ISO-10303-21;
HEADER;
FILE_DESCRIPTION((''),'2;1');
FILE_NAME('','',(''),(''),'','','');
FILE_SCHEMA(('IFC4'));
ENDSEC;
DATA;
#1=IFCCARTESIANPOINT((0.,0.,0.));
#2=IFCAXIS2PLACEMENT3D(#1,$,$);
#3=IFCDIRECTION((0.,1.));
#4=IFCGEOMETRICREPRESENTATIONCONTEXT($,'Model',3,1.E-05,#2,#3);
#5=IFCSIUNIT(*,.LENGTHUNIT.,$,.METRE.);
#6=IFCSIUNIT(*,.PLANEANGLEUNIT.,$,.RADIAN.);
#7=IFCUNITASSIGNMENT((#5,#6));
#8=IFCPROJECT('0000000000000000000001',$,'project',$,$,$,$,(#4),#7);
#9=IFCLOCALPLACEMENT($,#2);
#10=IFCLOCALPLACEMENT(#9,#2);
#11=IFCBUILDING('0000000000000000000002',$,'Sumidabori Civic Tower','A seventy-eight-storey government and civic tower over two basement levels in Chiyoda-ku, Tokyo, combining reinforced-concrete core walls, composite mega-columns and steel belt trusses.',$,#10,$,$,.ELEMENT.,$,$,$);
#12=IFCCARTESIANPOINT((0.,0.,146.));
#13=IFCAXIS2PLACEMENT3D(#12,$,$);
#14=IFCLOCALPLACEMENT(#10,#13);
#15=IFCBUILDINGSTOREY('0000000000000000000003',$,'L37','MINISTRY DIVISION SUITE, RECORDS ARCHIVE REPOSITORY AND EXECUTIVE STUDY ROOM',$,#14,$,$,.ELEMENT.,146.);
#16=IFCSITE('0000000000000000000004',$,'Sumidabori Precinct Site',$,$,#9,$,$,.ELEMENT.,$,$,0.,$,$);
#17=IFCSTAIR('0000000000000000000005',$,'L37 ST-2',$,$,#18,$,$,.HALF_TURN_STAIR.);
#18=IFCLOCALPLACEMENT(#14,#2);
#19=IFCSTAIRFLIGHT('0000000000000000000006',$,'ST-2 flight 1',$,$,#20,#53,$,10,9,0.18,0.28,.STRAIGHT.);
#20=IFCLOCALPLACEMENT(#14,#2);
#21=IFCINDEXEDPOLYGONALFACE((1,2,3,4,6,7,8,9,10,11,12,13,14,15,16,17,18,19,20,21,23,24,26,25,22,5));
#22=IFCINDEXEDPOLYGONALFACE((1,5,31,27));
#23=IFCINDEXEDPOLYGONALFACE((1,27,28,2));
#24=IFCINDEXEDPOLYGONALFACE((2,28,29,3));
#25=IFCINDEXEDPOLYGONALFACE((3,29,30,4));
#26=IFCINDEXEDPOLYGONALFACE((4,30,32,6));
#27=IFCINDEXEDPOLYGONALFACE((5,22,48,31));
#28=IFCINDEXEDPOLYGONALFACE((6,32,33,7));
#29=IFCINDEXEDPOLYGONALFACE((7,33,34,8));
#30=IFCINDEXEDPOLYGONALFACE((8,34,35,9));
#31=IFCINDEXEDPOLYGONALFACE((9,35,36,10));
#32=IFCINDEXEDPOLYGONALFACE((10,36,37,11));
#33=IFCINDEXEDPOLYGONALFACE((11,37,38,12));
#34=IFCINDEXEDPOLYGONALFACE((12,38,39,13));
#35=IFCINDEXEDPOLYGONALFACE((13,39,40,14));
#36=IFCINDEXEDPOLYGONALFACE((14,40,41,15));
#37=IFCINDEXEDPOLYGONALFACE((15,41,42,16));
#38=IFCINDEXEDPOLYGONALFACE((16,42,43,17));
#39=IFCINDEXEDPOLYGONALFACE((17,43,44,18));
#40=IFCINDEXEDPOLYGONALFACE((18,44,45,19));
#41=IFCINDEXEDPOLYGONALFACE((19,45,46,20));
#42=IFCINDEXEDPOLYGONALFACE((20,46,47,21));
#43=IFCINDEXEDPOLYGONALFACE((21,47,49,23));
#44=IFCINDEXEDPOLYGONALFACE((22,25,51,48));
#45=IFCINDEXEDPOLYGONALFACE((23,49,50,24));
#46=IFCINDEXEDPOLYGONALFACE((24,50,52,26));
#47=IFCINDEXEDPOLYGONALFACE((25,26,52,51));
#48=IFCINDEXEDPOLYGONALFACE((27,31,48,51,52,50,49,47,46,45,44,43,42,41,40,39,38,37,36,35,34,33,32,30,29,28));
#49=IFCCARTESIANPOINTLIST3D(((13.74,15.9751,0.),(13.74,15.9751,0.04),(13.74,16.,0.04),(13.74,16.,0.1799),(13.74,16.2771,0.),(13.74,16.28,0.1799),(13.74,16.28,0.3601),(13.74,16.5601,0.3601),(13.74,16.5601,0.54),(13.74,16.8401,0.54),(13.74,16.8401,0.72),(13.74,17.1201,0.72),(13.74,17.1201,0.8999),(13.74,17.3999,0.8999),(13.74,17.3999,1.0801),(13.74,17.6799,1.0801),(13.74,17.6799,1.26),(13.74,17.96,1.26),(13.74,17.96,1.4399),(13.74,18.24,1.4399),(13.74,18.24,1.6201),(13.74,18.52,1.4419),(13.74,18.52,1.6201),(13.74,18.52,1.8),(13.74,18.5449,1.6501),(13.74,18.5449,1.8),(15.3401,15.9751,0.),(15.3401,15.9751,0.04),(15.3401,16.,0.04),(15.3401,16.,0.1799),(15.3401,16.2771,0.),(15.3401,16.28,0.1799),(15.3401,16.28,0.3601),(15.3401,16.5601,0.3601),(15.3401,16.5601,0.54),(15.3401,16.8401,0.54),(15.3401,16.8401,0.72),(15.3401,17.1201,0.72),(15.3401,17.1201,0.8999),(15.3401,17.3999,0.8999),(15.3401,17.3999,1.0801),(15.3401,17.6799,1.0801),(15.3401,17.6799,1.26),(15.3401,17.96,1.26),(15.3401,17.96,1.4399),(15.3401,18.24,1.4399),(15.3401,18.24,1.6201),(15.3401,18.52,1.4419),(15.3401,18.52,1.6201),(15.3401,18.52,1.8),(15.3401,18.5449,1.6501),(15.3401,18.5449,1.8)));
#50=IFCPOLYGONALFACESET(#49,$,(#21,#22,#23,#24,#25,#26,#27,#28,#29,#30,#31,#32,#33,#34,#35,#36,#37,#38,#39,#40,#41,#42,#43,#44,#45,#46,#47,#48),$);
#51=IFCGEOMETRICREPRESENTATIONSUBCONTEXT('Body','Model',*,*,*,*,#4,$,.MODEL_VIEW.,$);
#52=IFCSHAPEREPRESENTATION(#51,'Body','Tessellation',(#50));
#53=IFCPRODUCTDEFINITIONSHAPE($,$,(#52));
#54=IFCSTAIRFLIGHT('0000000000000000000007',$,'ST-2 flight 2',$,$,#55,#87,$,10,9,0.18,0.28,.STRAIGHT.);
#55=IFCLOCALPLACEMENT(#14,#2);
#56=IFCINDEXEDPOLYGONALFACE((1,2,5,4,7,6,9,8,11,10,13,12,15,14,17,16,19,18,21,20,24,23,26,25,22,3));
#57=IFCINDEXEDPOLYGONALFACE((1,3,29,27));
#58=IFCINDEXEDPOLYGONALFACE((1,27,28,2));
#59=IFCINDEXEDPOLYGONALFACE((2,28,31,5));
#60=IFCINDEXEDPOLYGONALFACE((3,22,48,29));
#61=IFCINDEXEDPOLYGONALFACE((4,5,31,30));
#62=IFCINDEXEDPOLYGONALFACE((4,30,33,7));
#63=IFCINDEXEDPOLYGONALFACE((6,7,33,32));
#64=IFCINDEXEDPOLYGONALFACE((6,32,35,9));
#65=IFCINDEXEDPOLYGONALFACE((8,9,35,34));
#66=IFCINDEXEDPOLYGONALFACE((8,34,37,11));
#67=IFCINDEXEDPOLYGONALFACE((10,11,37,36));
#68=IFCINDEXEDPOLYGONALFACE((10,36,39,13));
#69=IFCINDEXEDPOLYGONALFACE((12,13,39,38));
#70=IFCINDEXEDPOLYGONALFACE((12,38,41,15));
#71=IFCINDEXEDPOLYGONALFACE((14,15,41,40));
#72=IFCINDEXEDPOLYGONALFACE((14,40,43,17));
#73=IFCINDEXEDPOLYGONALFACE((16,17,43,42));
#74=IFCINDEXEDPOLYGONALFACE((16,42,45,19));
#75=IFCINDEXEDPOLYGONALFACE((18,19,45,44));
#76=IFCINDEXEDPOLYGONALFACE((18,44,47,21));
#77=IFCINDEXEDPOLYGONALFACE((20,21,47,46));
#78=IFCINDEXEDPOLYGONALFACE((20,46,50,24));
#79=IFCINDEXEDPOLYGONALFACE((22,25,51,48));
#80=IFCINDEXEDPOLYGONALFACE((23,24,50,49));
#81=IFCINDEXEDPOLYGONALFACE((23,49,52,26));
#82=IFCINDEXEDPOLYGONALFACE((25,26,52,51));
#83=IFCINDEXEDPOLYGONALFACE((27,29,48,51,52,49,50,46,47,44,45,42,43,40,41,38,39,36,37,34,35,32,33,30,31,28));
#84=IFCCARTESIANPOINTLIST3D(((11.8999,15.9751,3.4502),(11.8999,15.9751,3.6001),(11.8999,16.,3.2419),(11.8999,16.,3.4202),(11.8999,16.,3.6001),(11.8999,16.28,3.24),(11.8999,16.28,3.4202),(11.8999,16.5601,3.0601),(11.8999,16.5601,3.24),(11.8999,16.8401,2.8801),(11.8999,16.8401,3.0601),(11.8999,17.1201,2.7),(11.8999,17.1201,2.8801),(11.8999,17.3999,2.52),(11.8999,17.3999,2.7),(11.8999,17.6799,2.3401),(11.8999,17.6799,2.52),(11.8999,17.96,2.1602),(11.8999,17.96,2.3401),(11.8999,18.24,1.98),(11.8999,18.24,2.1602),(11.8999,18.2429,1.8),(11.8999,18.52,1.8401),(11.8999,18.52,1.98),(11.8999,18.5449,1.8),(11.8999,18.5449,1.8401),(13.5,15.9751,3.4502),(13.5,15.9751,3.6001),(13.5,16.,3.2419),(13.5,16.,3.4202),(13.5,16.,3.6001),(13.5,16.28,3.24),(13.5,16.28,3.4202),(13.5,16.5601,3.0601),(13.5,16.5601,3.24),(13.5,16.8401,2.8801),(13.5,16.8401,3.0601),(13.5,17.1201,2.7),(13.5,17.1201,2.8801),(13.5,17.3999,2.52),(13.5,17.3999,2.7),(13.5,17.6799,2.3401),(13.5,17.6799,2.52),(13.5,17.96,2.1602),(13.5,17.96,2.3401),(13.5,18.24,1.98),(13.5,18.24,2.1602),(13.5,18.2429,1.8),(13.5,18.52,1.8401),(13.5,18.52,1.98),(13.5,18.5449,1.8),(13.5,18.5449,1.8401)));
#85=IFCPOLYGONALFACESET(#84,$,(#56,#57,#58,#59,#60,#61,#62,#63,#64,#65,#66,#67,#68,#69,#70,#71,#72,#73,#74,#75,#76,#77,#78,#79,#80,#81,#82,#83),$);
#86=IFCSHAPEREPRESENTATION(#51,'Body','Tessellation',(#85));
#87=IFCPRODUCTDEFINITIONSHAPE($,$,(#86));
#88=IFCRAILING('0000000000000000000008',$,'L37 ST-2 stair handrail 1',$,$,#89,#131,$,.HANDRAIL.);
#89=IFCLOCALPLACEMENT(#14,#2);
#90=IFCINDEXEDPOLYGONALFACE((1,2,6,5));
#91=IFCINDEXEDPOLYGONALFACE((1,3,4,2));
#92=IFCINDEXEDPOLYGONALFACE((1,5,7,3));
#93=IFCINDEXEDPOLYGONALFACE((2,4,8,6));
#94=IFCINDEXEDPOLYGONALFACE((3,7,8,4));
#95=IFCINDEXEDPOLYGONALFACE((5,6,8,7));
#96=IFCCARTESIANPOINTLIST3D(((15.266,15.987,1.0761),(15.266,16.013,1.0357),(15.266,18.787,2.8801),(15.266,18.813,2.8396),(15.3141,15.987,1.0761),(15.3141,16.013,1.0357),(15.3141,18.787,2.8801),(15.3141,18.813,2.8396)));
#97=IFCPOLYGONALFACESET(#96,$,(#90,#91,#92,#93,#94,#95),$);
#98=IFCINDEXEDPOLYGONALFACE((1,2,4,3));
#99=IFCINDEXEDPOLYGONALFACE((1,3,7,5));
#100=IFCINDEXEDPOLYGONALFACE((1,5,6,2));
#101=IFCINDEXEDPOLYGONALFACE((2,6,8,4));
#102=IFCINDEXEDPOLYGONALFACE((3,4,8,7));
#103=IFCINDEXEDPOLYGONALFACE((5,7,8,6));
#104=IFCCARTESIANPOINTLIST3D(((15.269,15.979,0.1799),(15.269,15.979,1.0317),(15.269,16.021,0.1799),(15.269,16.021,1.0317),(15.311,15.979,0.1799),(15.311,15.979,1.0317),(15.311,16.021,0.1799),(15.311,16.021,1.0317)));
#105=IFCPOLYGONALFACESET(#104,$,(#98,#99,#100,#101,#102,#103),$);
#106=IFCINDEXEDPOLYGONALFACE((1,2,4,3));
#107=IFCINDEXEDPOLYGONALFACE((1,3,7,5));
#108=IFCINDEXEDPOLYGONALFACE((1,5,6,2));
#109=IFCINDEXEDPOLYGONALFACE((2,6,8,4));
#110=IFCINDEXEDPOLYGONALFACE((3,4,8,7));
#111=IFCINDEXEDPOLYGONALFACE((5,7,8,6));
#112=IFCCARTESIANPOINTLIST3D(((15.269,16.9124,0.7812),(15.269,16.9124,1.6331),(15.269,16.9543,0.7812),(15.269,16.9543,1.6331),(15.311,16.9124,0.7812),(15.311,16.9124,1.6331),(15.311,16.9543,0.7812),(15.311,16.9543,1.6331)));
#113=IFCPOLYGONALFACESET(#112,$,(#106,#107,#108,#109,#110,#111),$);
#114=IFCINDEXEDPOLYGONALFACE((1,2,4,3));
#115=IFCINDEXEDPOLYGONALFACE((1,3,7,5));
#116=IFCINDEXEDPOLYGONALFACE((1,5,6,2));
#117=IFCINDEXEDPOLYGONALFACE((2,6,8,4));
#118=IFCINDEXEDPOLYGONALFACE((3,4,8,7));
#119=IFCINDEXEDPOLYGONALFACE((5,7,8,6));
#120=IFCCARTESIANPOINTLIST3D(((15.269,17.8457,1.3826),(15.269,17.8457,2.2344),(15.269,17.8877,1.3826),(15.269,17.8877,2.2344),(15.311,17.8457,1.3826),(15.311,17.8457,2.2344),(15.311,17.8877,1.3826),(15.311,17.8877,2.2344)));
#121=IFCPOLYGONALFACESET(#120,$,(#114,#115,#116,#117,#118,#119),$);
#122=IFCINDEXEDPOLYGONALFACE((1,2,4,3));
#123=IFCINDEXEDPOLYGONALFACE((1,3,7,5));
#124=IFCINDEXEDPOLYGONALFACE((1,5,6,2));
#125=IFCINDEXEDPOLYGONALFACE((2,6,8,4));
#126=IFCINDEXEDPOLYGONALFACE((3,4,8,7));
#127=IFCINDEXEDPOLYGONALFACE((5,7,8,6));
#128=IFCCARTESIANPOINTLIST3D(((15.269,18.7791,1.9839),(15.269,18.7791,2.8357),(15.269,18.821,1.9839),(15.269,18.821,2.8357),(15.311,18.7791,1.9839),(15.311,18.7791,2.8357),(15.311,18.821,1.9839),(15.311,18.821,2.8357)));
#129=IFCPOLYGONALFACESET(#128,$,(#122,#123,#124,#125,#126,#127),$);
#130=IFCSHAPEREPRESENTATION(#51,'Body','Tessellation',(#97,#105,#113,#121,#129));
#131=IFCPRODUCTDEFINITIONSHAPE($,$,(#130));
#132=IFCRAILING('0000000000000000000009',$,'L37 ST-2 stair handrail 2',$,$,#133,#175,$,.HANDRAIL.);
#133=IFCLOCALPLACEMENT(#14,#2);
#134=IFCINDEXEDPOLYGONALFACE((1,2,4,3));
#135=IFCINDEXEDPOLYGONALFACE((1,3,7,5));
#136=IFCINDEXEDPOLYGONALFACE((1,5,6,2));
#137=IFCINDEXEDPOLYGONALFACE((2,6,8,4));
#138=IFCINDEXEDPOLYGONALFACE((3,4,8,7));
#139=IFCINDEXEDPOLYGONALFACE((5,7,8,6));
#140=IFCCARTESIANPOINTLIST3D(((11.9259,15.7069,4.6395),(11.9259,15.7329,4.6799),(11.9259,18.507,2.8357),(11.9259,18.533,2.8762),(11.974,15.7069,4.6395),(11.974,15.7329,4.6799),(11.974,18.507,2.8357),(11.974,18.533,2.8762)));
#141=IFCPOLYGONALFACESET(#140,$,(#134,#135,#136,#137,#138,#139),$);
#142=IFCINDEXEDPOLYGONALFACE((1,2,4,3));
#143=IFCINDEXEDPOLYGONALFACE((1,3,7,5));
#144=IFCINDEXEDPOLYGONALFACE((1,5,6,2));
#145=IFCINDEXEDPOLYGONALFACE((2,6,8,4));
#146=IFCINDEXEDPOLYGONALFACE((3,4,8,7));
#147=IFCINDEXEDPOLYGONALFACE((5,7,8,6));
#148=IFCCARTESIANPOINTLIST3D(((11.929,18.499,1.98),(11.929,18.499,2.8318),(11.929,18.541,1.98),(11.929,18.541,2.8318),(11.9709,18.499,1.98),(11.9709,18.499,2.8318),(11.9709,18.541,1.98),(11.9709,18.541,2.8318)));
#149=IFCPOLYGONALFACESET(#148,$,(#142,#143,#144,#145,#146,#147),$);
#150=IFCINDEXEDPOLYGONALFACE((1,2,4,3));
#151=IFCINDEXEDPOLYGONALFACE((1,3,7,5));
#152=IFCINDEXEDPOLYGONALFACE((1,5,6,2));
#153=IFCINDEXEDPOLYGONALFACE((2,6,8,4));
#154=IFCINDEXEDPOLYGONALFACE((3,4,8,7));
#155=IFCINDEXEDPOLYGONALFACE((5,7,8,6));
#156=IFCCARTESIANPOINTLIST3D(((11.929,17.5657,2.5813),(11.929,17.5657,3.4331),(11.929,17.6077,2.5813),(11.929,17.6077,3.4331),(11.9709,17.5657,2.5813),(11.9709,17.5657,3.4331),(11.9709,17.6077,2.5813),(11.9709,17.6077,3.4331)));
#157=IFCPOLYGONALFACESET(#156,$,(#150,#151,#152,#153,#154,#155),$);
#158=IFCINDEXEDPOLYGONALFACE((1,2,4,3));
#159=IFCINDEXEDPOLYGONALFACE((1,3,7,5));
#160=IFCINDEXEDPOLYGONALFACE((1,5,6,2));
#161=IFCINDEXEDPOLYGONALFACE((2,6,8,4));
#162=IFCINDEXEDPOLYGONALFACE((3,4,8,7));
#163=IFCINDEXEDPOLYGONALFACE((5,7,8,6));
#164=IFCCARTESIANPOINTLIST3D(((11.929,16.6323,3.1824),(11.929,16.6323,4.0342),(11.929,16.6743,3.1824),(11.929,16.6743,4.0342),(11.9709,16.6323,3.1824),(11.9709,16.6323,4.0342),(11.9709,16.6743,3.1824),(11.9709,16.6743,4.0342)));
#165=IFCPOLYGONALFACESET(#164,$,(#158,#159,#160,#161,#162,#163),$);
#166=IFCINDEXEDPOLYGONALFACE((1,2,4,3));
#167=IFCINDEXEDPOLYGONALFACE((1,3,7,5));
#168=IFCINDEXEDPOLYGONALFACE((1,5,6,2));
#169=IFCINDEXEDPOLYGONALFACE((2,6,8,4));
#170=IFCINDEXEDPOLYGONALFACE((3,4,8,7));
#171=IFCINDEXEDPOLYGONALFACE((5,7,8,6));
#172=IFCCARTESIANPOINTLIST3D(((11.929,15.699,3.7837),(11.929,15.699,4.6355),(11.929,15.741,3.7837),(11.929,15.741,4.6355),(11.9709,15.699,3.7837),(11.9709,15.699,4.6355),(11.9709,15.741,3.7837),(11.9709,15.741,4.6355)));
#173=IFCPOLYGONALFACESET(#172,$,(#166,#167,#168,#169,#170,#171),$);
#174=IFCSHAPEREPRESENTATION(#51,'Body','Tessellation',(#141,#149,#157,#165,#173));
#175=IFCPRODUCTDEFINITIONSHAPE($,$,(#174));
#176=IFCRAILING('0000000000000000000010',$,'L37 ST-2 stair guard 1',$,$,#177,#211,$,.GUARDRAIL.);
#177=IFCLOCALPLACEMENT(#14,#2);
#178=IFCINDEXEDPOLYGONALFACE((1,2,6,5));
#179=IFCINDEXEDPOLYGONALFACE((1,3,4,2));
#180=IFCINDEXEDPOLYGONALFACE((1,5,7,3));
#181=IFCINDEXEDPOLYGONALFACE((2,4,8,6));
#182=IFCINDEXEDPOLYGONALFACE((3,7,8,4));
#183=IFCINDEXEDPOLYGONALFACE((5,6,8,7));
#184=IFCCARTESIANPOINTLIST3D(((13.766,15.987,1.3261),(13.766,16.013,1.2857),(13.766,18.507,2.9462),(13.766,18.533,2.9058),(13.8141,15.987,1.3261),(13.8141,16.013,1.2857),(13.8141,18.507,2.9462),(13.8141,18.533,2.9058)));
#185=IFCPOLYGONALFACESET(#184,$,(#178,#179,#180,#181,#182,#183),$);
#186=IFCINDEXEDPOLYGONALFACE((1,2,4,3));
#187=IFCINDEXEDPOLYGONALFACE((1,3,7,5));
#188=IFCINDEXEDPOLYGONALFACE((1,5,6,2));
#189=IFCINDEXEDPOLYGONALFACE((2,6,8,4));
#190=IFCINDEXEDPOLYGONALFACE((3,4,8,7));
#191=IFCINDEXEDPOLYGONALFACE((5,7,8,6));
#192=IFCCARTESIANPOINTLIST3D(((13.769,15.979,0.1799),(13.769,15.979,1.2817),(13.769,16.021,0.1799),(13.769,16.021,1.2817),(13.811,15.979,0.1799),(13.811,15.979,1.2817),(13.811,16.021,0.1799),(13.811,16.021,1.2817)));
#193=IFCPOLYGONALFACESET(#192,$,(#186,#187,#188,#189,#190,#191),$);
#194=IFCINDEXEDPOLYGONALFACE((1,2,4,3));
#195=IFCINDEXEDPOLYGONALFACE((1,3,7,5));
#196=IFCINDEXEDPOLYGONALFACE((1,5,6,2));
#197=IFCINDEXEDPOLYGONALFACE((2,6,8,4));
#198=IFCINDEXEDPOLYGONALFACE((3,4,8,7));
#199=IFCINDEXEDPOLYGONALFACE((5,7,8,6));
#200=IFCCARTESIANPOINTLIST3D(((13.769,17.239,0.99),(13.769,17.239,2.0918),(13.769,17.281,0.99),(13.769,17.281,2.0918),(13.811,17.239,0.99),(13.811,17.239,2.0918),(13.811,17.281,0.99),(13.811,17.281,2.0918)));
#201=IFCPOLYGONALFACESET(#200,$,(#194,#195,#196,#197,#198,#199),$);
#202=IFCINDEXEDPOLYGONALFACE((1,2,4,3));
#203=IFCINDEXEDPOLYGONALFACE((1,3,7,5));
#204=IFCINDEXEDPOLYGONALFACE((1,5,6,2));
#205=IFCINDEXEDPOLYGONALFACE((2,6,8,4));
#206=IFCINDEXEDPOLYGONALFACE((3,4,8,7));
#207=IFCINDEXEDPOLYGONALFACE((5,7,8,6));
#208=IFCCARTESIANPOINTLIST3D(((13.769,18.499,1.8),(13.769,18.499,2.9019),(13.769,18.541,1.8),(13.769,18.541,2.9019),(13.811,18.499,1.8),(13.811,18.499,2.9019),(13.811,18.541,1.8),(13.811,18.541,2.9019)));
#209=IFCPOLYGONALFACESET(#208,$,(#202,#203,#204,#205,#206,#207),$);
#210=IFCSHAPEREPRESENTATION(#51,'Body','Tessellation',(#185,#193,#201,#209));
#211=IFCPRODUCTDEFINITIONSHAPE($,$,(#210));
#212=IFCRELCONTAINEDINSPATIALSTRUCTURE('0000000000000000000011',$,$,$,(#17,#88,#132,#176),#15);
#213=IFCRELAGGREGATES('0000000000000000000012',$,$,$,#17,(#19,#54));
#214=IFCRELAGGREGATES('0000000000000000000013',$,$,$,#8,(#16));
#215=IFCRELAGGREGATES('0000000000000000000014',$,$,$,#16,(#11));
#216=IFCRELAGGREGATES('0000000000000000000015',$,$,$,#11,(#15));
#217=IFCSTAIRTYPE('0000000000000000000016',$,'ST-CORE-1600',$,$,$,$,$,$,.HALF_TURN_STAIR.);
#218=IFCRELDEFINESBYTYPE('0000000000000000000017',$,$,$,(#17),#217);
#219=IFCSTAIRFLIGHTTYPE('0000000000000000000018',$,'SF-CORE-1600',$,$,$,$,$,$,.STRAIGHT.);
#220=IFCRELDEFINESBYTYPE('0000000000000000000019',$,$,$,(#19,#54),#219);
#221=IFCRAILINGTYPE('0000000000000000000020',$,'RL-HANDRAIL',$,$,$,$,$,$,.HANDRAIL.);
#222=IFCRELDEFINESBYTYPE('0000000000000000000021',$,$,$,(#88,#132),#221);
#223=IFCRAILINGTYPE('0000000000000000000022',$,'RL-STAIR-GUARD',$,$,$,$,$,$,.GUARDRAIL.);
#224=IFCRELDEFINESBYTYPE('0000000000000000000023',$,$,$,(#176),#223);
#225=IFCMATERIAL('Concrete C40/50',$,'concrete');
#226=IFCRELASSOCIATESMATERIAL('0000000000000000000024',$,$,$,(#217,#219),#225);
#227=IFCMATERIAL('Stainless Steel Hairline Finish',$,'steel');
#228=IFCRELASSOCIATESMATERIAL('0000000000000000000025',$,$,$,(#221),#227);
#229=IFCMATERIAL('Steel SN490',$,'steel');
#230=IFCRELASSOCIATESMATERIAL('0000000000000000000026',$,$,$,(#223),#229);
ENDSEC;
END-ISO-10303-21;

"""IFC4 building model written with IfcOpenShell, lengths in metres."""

from ifc_helpers import new_model, si_unit, direction, frame, origin, origin_2d, place, context, subcontext, project, spatial, polyline, rectangle, outline, extrude, source, transform, mapped, material, type_object, element, aggregate, save


model = new_model("IFC4")

# Units and contexts
model_context = context("Model", 3, precision=1e-05, world=origin(), true_north=direction((0.0, 1.0)))
body_context = subcontext(model_context, "Body", "Model", "MODEL_VIEW")
ifc_project = project(units=[si_unit("LENGTHUNIT", "METRE"), si_unit("PLANEANGLEUNIT", "RADIAN")], contexts=[model_context])

# Site, building, storey
site_placement = place(None, origin())
site = spatial("IfcSite", under=ifc_project, at=site_placement, Name="Sumidabori Precinct Site", CompositionType="ELEMENT", RefElevation=0.0)
building_placement = place(site_placement, origin())
building = spatial("IfcBuilding", under=site, at=building_placement, Name="Sumidabori Civic Tower", Description="A seventy-eight-storey government and civic tower over two basement levels in Chiyoda-ku, Tokyo, combining reinforced-concrete core walls, composite mega-columns and steel belt trusses.", CompositionType="ELEMENT")
storey_placement = place(building_placement, frame((0.0, 0.0, 146.0)))
storey = spatial("IfcBuildingStorey", under=building, at=storey_placement, Name="L37", Description="MINISTRY DIVISION SUITE, RECORDS ARCHIVE REPOSITORY AND EXECUTIVE STUDY ROOM", CompositionType="ELEMENT", Elevation=146.0)

# Stair, stair flights
ifc_material_1 = material(Name="Concrete C40/50", Category="concrete")
stair_type = type_object("IfcStairType", Name="ST-CORE-1600", PredefinedType="HALF_TURN_STAIR", material=ifc_material_1)
stair_placement = place(storey_placement, origin())
stair = element("IfcStair", 1, at=stair_placement, inside=storey, type_object=stair_type, Name="L37 ST-2", PredefinedType="HALF_TURN_STAIR")
stair_flight_type = type_object("IfcStairFlightType", Name="SF-CORE-1600", PredefinedType="STRAIGHT", material=ifc_material_1)
shared_shape_1 = source(origin(), body_context, "Body", "SweptSolid", [
    extrude(outline(polyline([(-0.0249, 0.0), (-0.0249, 0.04), (0.0, 0.04), (0.0, 0.1799), (0.28, 0.1799), (0.28, 0.3601), (0.5601, 0.3601), (0.5601, 0.54), (0.8401, 0.54), (0.8401, 0.72), (1.1201, 0.72), (1.1201, 0.8999), (1.3999, 0.8999), (1.3999, 1.0801), (1.6799, 1.0801), (1.6799, 1.26), (1.96, 1.26), (1.96, 1.4399), (2.24, 1.4399), (2.24, 1.6201), (2.52, 1.6201), (2.52, 1.8), (2.5449, 1.8), (2.5449, 1.6501), (2.52, 1.4419), (0.2771, 0.0), (-0.0249, 0.0)])), frame((0.0, 0.8, 0.0), z_axis=(0.0, -1.0, 0.0), x_axis=(1.0, 0.0, 0.0)), (0.0, 0.0, 1.0), 1.6001),
])
stair_flight_1_placement = place(storey_placement, frame((14.54, 16.0, 0.0), z_axis=(0.0, 0.0, 1.0), x_axis=(0.0, 1.0, 0.0)))
stair_flight_1 = element("IfcStairFlight", 2, at=stair_flight_1_placement, type_object=stair_flight_type, Name="ST-2 flight 1", NumberOfRisers=10, NumberOfTreads=9, PredefinedType="STRAIGHT", RiserHeight=0.18, TreadLength=0.28, context=body_context, shape_type="MappedRepresentation", body=[
    mapped(shared_shape_1, transform((0.0, 0.0, 0.0), x_axis=(1.0, 0.0, 0.0), y_axis=(0.0, 1.0, 0.0), z_axis=(0.0, 0.0, 1.0), scale=1.0)),
])
stair_flight_2_placement = place(storey_placement, frame((12.7, 18.52, 1.8), z_axis=(0.0, 0.0, 1.0), x_axis=(0.0, -1.0, 0.0)))
stair_flight_2 = element("IfcStairFlight", 3, at=stair_flight_2_placement, type_object=stair_flight_type, Name="ST-2 flight 2", NumberOfRisers=10, NumberOfTreads=9, PredefinedType="STRAIGHT", RiserHeight=0.18, TreadLength=0.28, context=body_context, shape_type="MappedRepresentation", body=[
    mapped(shared_shape_1, transform((0.0, 0.0, 0.0), x_axis=(1.0, 0.0, 0.0), y_axis=(0.0, 1.0, 0.0), z_axis=(0.0, 0.0, 1.0), scale=1.0)),
])
aggregate(stair, [stair_flight_1, stair_flight_2])

# Railings
ifc_material_2 = material(Name="Stainless Steel Hairline Finish", Category="steel")
railing_type_1 = type_object("IfcRailingType", Name="RL-HANDRAIL", PredefinedType="HANDRAIL", material=ifc_material_2)
railing_1_placement = place(storey_placement, frame((15.29, 16.0, 0.1799)))
element("IfcRailing", 4, at=railing_1_placement, inside=storey, type_object=railing_type_1, Name="L37 ST-2 stair handrail 1", PredefinedType="HANDRAIL", context=body_context, shape_type="SweptSolid", body=[
    extrude(rectangle(XDim=0.0481, YDim=0.0481, at=origin_2d()), frame((0.0, 0.0, 0.876), z_axis=(0.0, 0.840642, 0.541591), x_axis=(-1.0, 0.0, 0.0)), (0.0, 0.0, 1.0), 3.3308),
    extrude(rectangle(XDim=0.042, YDim=0.042, at=origin_2d()), origin(), (0.0, 0.0, 1.0), 0.8518),
    extrude(rectangle(XDim=0.042, YDim=0.042, at=origin_2d()), frame((0.0, 0.9333, 0.6013)), (0.0, 0.0, 1.0), 0.8518),
    extrude(rectangle(XDim=0.042, YDim=0.042, at=origin_2d()), frame((0.0, 1.8667, 1.2026)), (0.0, 0.0, 1.0), 0.8518),
    extrude(rectangle(XDim=0.042, YDim=0.042, at=origin_2d()), frame((0.0, 2.8, 1.804)), (0.0, 0.0, 1.0), 0.8518),
])
railing_2_placement = place(storey_placement, frame((11.95, 18.52, 1.98)))
element("IfcRailing", 5, at=railing_2_placement, inside=storey, type_object=railing_type_1, Name="L37 ST-2 stair handrail 2", PredefinedType="HANDRAIL", context=body_context, shape_type="SweptSolid", body=[
    extrude(rectangle(XDim=0.0481, YDim=0.0481, at=origin_2d()), frame((0.0, 0.0, 0.876), z_axis=(0.0, -0.840676, 0.541539), x_axis=(1.0, 0.0, 0.0)), (0.0, 0.0, 1.0), 3.3308),
    extrude(rectangle(XDim=0.042, YDim=0.042, at=origin_2d()), origin(), (0.0, 0.0, 1.0), 0.8518),
    extrude(rectangle(XDim=0.042, YDim=0.042, at=origin_2d()), frame((0.0, -0.9333, 0.6013)), (0.0, 0.0, 1.0), 0.8518),
    extrude(rectangle(XDim=0.042, YDim=0.042, at=origin_2d()), frame((0.0, -1.8667, 1.2024)), (0.0, 0.0, 1.0), 0.8518),
    extrude(rectangle(XDim=0.042, YDim=0.042, at=origin_2d()), frame((0.0, -2.8, 1.8037)), (0.0, 0.0, 1.0), 0.8518),
])
ifc_material_3 = material(Name="Steel SN490", Category="steel")
railing_type_2 = type_object("IfcRailingType", Name="RL-STAIR-GUARD", PredefinedType="GUARDRAIL", material=ifc_material_3)
railing_3_placement = place(storey_placement, frame((13.79, 16.0, 0.1799)))
element("IfcRailing", 6, at=railing_3_placement, inside=storey, type_object=railing_type_2, Name="L37 ST-2 stair guard 1", PredefinedType="GUARDRAIL", context=body_context, shape_type="SweptSolid", body=[
    extrude(rectangle(XDim=0.0481, YDim=0.0481, at=origin_2d()), frame((0.0, 0.0, 1.126), z_axis=(0.0, 0.841163, 0.540782), x_axis=(-1.0, 0.0, 0.0)), (0.0, 0.0, 1.0), 2.9958),
    extrude(rectangle(XDim=0.042, YDim=0.042, at=origin_2d()), origin(), (0.0, 0.0, 1.0), 1.1018),
    extrude(rectangle(XDim=0.042, YDim=0.042, at=origin_2d()), frame((0.0, 1.26, 0.8101)), (0.0, 0.0, 1.0), 1.1018),
    extrude(rectangle(XDim=0.042, YDim=0.042, at=origin_2d()), frame((0.0, 2.52, 1.6201)), (0.0, 0.0, 1.0), 1.1018),
])

save(model, "model.ifc")
